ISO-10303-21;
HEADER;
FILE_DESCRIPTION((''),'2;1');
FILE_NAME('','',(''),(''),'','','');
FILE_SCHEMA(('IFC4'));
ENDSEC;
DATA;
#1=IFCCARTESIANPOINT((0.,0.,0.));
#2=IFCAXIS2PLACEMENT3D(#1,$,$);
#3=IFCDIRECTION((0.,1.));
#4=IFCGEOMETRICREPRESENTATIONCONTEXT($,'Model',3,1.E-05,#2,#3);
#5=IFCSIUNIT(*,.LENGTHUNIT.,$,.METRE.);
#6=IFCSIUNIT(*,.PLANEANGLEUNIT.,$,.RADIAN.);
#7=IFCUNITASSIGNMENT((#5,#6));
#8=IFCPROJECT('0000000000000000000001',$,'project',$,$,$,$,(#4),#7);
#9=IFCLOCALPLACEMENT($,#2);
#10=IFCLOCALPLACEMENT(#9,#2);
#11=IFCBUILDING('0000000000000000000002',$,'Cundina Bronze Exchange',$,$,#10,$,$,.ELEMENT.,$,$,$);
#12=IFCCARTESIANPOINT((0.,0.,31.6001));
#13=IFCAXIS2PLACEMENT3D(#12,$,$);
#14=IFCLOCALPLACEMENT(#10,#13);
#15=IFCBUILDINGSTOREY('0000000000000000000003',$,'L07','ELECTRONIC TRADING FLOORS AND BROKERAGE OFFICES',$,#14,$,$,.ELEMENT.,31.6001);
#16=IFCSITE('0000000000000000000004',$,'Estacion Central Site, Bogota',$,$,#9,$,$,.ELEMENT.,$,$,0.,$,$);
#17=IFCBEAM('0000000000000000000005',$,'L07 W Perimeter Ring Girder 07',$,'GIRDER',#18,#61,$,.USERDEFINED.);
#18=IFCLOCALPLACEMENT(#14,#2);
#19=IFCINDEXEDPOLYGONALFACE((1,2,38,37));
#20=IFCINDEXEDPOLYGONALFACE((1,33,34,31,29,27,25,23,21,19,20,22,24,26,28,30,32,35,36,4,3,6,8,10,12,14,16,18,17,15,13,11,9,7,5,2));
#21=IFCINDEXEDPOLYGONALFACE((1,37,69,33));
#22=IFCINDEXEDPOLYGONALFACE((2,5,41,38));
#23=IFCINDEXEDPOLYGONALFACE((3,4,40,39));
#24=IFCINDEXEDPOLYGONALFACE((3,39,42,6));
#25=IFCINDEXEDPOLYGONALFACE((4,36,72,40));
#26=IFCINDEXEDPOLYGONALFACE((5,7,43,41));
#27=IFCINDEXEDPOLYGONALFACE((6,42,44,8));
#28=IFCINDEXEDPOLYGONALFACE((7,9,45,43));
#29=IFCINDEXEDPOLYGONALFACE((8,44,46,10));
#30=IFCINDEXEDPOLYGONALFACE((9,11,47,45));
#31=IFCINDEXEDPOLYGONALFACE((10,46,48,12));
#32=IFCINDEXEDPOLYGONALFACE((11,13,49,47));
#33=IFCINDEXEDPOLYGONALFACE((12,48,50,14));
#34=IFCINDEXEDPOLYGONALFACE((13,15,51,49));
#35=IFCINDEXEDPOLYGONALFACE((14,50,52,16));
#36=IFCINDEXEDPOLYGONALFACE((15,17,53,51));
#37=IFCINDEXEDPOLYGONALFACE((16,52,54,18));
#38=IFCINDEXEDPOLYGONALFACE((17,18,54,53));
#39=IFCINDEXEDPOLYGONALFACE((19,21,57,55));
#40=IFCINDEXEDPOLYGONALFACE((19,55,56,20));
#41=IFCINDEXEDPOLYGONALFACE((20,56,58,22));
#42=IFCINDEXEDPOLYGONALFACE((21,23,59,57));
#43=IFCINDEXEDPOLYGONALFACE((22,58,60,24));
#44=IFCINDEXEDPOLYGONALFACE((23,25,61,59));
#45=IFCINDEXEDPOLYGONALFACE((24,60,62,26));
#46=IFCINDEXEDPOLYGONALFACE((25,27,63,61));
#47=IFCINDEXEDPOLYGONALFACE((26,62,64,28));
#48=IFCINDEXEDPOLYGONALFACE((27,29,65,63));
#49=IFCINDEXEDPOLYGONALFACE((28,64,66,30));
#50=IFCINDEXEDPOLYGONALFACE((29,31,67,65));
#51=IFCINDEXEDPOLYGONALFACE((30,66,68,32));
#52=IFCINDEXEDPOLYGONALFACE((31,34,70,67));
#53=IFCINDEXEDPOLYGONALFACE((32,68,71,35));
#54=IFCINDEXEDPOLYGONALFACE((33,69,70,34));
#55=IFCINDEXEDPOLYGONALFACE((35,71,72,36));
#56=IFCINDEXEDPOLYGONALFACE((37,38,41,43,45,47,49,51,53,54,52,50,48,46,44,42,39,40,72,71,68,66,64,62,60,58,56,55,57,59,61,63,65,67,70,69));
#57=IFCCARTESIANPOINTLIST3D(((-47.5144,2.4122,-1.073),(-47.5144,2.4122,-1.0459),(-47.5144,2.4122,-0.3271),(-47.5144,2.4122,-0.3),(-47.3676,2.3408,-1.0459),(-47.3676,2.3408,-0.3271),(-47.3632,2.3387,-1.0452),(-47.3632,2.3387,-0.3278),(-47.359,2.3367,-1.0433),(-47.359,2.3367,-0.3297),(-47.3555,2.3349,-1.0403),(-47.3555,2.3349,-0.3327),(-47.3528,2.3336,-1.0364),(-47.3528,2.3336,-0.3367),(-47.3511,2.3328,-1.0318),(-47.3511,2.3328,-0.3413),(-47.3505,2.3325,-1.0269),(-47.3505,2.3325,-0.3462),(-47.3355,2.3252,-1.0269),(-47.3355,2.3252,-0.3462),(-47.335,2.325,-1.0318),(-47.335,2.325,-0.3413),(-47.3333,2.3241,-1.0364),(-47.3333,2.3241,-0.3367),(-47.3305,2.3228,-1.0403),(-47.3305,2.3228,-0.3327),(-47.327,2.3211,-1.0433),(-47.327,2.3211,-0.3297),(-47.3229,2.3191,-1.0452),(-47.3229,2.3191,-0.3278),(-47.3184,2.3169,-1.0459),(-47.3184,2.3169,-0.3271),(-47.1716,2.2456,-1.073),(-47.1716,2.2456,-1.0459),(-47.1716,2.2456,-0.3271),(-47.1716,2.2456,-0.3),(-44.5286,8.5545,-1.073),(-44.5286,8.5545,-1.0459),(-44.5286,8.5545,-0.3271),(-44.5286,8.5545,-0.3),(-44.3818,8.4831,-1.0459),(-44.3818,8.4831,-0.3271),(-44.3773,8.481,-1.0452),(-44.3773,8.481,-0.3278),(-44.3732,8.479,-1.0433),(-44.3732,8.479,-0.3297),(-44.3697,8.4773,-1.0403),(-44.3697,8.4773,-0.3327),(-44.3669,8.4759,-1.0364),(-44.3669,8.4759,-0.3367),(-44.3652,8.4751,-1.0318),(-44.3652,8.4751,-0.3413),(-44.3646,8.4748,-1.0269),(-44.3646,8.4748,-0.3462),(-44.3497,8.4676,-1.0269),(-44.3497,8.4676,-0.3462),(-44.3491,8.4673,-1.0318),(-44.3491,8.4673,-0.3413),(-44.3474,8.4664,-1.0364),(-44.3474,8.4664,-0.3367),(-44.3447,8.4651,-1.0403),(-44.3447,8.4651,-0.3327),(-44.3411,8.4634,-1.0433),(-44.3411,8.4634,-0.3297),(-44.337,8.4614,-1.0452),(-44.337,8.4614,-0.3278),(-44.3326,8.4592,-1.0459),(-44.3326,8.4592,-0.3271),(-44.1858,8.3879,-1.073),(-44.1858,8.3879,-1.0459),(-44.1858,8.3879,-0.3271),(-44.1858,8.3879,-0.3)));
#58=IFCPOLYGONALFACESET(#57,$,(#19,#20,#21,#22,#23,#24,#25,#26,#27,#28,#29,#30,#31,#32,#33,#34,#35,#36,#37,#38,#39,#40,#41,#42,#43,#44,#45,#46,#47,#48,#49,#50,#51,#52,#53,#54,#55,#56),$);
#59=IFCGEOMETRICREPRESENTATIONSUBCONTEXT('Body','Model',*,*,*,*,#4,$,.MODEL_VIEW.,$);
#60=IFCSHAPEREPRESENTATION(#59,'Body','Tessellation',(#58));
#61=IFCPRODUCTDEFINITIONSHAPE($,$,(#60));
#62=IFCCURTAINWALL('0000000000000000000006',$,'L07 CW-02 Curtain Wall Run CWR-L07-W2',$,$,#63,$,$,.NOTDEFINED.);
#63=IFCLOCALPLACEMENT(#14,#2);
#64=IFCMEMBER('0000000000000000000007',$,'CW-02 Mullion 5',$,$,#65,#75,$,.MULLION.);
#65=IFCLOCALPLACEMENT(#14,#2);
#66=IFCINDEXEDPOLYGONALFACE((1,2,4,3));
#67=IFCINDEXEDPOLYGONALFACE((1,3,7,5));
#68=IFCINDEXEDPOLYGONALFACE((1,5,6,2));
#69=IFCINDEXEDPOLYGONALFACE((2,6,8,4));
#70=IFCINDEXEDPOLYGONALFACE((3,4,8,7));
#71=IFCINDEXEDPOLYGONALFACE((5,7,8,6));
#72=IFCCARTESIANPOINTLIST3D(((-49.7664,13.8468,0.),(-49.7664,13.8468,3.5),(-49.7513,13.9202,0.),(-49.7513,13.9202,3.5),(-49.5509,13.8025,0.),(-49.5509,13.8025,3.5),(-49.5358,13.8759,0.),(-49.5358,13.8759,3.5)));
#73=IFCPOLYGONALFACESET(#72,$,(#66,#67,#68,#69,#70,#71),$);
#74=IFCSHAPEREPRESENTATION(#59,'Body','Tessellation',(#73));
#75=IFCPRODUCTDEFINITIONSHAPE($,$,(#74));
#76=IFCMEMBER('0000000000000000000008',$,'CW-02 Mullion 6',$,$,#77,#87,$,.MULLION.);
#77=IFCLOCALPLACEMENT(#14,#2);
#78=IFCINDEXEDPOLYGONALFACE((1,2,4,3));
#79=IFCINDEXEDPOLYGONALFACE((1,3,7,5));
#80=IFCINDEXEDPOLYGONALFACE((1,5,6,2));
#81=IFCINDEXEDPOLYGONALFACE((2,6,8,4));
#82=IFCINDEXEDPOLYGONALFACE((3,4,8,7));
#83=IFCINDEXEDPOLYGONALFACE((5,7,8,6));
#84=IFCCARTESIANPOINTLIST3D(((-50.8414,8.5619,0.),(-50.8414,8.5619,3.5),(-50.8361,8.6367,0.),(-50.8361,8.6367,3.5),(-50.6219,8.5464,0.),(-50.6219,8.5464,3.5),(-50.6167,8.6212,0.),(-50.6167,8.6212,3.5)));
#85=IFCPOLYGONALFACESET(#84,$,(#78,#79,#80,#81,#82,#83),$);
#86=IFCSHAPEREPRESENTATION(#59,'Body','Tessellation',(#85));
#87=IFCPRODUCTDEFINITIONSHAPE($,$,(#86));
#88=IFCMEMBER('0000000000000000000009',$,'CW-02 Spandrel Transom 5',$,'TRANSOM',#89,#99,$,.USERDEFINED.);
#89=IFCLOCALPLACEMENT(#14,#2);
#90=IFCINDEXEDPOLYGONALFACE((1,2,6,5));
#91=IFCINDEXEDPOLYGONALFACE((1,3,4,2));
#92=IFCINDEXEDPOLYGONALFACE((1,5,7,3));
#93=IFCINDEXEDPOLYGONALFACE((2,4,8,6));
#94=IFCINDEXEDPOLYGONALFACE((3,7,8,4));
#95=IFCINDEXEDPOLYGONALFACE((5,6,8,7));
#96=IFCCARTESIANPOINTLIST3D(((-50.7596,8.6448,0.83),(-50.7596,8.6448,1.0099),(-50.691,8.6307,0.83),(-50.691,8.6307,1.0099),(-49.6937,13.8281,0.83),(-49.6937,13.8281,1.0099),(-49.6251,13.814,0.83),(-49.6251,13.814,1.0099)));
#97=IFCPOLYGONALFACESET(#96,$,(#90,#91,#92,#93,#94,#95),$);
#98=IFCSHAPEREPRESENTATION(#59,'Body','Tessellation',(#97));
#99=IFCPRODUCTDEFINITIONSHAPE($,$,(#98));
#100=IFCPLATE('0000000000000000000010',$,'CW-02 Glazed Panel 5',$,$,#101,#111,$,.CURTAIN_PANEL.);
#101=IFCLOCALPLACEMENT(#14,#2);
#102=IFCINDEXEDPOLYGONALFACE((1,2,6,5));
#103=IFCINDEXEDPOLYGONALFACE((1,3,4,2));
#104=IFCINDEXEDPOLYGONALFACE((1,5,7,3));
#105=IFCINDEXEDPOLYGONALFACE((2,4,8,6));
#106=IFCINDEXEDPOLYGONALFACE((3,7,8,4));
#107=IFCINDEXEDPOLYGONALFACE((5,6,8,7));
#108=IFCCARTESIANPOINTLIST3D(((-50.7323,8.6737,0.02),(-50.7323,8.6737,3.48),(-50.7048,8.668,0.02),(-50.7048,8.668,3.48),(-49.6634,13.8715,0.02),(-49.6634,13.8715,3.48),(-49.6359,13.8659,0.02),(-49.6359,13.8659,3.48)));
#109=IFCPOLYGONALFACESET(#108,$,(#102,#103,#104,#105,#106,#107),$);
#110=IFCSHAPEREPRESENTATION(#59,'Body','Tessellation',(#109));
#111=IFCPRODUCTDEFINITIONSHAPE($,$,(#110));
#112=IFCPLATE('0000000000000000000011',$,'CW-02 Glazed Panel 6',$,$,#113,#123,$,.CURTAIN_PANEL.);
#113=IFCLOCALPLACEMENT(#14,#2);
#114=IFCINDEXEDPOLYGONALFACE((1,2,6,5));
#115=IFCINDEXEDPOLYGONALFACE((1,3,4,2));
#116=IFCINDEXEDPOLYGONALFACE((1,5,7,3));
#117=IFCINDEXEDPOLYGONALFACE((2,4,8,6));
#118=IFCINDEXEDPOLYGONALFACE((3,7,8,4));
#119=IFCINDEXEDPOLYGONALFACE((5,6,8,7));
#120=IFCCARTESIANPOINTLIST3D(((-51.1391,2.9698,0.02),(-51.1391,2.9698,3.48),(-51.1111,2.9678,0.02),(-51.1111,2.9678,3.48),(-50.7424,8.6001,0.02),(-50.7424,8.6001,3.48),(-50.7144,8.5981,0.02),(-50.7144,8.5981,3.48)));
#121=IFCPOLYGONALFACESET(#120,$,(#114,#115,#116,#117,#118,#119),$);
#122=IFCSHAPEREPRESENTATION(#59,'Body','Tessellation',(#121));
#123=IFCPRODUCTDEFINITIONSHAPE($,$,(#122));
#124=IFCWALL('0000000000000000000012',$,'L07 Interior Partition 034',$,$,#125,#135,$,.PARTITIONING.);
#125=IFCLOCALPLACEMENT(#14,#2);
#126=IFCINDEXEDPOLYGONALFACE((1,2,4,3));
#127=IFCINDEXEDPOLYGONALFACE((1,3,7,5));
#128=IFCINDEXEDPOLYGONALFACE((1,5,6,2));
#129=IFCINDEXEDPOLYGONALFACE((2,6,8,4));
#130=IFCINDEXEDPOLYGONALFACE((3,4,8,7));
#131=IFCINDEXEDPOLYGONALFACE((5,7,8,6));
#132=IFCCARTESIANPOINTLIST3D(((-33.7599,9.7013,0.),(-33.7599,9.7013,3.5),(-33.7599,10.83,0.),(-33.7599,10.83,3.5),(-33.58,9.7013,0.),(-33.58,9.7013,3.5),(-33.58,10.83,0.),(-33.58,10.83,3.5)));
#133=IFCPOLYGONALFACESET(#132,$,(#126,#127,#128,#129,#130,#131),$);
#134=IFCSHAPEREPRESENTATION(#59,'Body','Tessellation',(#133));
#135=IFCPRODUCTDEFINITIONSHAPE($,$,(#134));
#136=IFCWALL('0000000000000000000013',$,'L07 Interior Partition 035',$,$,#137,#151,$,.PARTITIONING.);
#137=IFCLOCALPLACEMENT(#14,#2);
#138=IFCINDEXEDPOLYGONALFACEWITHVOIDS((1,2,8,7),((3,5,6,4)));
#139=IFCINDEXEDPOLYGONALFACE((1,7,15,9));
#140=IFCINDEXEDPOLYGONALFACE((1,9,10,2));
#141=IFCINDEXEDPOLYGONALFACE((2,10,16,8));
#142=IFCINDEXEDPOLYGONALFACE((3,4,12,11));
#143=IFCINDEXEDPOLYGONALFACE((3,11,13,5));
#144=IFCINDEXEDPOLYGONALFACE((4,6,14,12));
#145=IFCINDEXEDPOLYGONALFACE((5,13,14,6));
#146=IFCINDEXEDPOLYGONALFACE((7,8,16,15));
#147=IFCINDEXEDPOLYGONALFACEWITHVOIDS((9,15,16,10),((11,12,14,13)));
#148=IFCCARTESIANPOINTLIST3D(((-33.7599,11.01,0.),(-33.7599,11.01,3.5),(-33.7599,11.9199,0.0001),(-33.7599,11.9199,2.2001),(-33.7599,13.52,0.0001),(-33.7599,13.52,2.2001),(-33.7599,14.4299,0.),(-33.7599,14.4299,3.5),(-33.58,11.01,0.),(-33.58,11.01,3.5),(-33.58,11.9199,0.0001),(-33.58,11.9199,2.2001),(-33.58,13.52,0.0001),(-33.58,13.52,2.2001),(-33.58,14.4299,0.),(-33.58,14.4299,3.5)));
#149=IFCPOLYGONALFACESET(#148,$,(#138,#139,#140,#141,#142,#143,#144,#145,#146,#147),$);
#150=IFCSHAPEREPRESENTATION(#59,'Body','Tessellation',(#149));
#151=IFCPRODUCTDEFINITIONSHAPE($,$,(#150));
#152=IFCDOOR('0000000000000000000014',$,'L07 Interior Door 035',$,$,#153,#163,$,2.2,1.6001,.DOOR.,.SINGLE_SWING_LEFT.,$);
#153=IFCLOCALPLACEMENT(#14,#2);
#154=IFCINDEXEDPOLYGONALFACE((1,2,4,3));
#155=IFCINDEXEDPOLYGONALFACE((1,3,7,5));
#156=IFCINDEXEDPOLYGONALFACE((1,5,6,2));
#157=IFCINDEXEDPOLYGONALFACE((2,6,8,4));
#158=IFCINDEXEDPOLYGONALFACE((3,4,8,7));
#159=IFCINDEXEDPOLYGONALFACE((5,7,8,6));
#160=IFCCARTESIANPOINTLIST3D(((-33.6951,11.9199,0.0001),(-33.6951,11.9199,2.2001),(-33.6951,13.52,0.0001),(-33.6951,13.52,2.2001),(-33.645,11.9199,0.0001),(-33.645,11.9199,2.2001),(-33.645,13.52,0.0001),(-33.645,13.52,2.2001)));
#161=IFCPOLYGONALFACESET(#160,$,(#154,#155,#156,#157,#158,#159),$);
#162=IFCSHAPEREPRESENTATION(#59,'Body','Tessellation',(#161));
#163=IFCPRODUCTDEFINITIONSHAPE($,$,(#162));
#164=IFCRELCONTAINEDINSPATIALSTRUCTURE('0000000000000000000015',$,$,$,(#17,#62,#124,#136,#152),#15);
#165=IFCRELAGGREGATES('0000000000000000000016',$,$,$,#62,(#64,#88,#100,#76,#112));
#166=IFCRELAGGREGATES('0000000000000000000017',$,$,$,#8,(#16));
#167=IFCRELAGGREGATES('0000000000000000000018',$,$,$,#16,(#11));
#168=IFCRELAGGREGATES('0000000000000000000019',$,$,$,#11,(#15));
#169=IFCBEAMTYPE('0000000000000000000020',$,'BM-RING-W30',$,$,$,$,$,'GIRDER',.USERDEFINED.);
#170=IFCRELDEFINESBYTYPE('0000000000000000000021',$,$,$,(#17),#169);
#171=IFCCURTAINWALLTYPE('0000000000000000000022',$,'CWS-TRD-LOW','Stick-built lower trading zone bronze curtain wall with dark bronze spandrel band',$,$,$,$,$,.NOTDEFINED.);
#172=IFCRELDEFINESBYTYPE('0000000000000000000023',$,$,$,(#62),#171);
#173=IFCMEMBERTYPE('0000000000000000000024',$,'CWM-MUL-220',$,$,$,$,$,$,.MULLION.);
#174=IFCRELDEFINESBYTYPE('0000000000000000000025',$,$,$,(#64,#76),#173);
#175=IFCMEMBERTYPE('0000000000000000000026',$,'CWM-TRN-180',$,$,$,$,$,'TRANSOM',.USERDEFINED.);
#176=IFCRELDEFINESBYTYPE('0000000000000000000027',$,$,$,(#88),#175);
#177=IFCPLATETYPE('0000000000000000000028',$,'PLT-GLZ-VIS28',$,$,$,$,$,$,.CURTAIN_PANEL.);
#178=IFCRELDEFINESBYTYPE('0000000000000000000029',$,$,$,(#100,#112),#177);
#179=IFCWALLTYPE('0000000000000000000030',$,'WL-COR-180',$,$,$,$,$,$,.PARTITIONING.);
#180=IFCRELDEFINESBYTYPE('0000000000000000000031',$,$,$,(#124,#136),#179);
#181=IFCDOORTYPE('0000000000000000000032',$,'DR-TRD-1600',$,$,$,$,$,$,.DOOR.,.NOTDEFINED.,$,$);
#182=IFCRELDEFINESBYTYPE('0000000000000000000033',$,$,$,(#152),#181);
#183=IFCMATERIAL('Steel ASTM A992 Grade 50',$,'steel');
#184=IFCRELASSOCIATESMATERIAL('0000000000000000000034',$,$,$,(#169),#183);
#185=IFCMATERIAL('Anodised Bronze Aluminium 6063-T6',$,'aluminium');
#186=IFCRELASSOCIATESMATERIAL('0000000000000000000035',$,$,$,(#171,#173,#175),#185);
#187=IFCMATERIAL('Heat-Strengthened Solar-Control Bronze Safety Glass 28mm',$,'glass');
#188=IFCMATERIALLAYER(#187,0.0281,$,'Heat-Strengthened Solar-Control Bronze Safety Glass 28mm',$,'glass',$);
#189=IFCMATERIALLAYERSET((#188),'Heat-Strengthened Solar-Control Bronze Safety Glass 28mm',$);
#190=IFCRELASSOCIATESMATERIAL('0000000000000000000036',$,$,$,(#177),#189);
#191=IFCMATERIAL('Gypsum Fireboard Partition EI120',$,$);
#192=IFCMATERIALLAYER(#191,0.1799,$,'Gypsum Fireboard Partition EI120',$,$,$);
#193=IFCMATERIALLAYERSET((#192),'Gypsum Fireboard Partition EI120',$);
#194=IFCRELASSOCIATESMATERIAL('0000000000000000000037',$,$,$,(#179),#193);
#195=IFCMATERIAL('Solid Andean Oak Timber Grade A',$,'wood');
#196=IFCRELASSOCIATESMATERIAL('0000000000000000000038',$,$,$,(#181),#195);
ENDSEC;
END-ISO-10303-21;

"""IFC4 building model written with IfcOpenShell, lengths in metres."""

from ifc_helpers import new_model, si_unit, direction, frame, frame_2d, origin, origin_2d, place, context, subcontext, project, spatial, rectangle, i_section, extrude, material, layer, layer_set, material_profile, profile_set, type_object, element, fill, aggregate, save


model = new_model("IFC4")

# Units and contexts
model_context = context("Model", 3, precision=1e-05, world=origin(), true_north=direction((0.0, 1.0)))
body_context = subcontext(model_context, "Body", "Model", "MODEL_VIEW")
ifc_project = project(units=[si_unit("LENGTHUNIT", "METRE"), si_unit("PLANEANGLEUNIT", "RADIAN")], contexts=[model_context])

# Site, building, storey
site_placement = place(None, origin())
site = spatial("IfcSite", under=ifc_project, at=site_placement, Name="Estacion Central Site, Bogota", CompositionType="ELEMENT", RefElevation=0.0)
building_placement = place(site_placement, origin())
building = spatial("IfcBuilding", under=site, at=building_placement, Name="Cundina Bronze Exchange", CompositionType="ELEMENT")
storey_placement = place(building_placement, frame((0.0, 0.0, 31.6001)))
storey = spatial("IfcBuildingStorey", under=building, at=storey_placement, Name="L07", Description="ELECTRONIC TRADING FLOORS AND BROKERAGE OFFICES", CompositionType="ELEMENT", Elevation=31.6001)

# Beam
ifc_material_1 = material(Name="Steel ASTM A992 Grade 50", Category="steel")
ifc_material_profile_1 = material_profile(ifc_material_1, i_section(OverallWidth=0.3811, OverallDepth=0.7729, WebThickness=0.0166, FlangeThickness=0.0271, FilletRadius=0.019, at=origin_2d()), Name="W30X173", Category="steel")
ifc_profile_set_1 = profile_set([ifc_material_profile_1], Name="Steel ASTM A992 Grade 50")
beam_type_1 = type_object("IfcBeamType", Name="BM-RING-W30", ElementType="GIRDER", PredefinedType="USERDEFINED", material=ifc_profile_set_1)
beam_1_placement = place(storey_placement, frame((-44.3572, 8.4712, -0.6865), z_axis=(-0.437191, -0.899369, 0.0), x_axis=(0.899369, -0.437191, 0.0)))
element("IfcBeam", 1, at=beam_1_placement, inside=storey, type_object=beam_type_1, Name="L07 W Perimeter Ring Girder 07", ObjectType="GIRDER", PredefinedType="USERDEFINED", context=body_context, shape_type="SweptSolid", body=[
    extrude(i_section(OverallWidth=0.3811, OverallDepth=0.7729, WebThickness=0.0166, FlangeThickness=0.0271, FilletRadius=0.019, at=origin_2d()), origin(), (0.0, 0.0, 1.0), 6.8296),
])

# Curtain wall, members, plates
ifc_material_2 = material(Name="Anodised Bronze Aluminium 6063-T6", Category="aluminium")
curtain_wall_type = type_object("IfcCurtainWallType", Name="CWS-TRD-LOW", Description="Stick-built lower trading zone bronze curtain wall with dark bronze spandrel band", PredefinedType="NOTDEFINED", material=ifc_material_2)
curtain_wall_placement = place(storey_placement, origin())
curtain_wall = element("IfcCurtainWall", 2, at=curtain_wall_placement, inside=storey, type_object=curtain_wall_type, Name="L07 CW-02 Curtain Wall Run CWR-L07-W2", PredefinedType="NOTDEFINED")
ifc_material_profile_2 = material_profile(ifc_material_2, rectangle(XDim=0.075, YDim=0.22, at=origin_2d()), Name="AL75X220", Category="aluminium")
ifc_profile_set_2 = profile_set([ifc_material_profile_2], Name="Anodised Bronze Aluminium 6063-T6")
member_type_1 = type_object("IfcMemberType", Name="CWM-MUL-220", PredefinedType="MULLION", material=ifc_profile_set_2)
member_1_placement = place(storey_placement, frame((-49.6511, 13.8613, 0.0), z_axis=(0.0, 0.0, 1.0), x_axis=(-0.20142, -0.979505, 0.0)))
member_1 = element("IfcMember", 3, at=member_1_placement, type_object=member_type_1, Name="CW-02 Mullion 5", PredefinedType="MULLION", context=body_context, shape_type="SweptSolid", body=[
    extrude(rectangle(XDim=0.075, YDim=0.22, at=origin_2d()), origin(), (0.0, 0.0, 1.0), 3.5),
])
member_2_placement = place(storey_placement, frame((-50.729, 8.5916, 0.0), z_axis=(0.0, 0.0, 1.0), x_axis=(-0.070279, -0.997527, 0.0)))
member_2 = element("IfcMember", 4, at=member_2_placement, type_object=member_type_1, Name="CW-02 Mullion 6", PredefinedType="MULLION", context=body_context, shape_type="SweptSolid", body=[
    extrude(rectangle(XDim=0.075, YDim=0.22, at=origin_2d()), origin(), (0.0, 0.0, 1.0), 3.5),
])
ifc_material_profile_3 = material_profile(ifc_material_2, rectangle(XDim=0.0701, YDim=0.1799, at=origin_2d()), Name="AL70X180", Category="aluminium")
ifc_profile_set_3 = profile_set([ifc_material_profile_3], Name="Anodised Bronze Aluminium 6063-T6")
member_type_2 = type_object("IfcMemberType", Name="CWM-TRN-180", ElementType="TRANSOM", PredefinedType="USERDEFINED", material=ifc_profile_set_3)
member_3_placement = place(storey_placement, frame((-49.6594, 13.821, 0.9199), z_axis=(-0.201428, -0.979503, 0.0), x_axis=(0.979503, -0.201428, 0.0)))
member_3 = element("IfcMember", 5, at=member_3_placement, type_object=member_type_2, Name="CW-02 Spandrel Transom 5", ObjectType="TRANSOM", PredefinedType="USERDEFINED", context=body_context, shape_type="SweptSolid", body=[
    extrude(rectangle(XDim=0.0701, YDim=0.1799, at=origin_2d()), origin(), (0.0, 0.0, 1.0), 5.2917),
])
ifc_material_3 = material(Name="Heat-Strengthened Solar-Control Bronze Safety Glass 28mm", Category="glass")
ifc_layer_1 = layer(ifc_material_3, 0.0281, Name="Heat-Strengthened Solar-Control Bronze Safety Glass 28mm", Category="glass")
ifc_layer_set_1 = layer_set([ifc_layer_1], Name="Heat-Strengthened Solar-Control Bronze Safety Glass 28mm")
plate_type = type_object("IfcPlateType", Name="PLT-GLZ-VIS28", PredefinedType="CURTAIN_PANEL", material=ifc_layer_set_1)
plate_1_placement = place(storey_placement, frame((-50.1841, 11.2698, 0.02), z_axis=(0.0, 0.0, 1.0), x_axis=(-0.20142, -0.979505, 0.0)))
plate_1 = element("IfcPlate", 6, at=plate_1_placement, type_object=plate_type, Name="CW-02 Glazed Panel 5", PredefinedType="CURTAIN_PANEL", context=body_context, shape_type="SweptSolid", body=[
    extrude(rectangle(XDim=5.3066, YDim=0.0281, at=origin_2d()), origin(), (0.0, 0.0, 1.0), 3.46),
])
plate_2_placement = place(storey_placement, frame((-50.9268, 5.7839, 0.02), z_axis=(0.0, 0.0, 1.0), x_axis=(-0.070279, -0.997527, 0.0)))
plate_2 = element("IfcPlate", 7, at=plate_2_placement, type_object=plate_type, Name="CW-02 Glazed Panel 6", PredefinedType="CURTAIN_PANEL", context=body_context, shape_type="SweptSolid", body=[
    extrude(rectangle(XDim=5.6443, YDim=0.0281, at=origin_2d()), origin(), (0.0, 0.0, 1.0), 3.46),
])
aggregate(curtain_wall, [member_1, member_3, plate_1, member_2, plate_2])

# Shared definitions
ifc_material_4 = material(Name="Gypsum Fireboard Partition EI120")
ifc_layer_2 = layer(ifc_material_4, 0.1799, Name="Gypsum Fireboard Partition EI120")
ifc_layer_set_2 = layer_set([ifc_layer_2], Name="Gypsum Fireboard Partition EI120")
wall_type_1 = type_object("IfcWallType", Name="WL-COR-180", PredefinedType="PARTITIONING", material=ifc_layer_set_2)
ifc_material_5 = material(Name="Solid Andean Oak Timber Grade A", Category="wood")

# Wall
wall_1_placement = place(storey_placement, frame((-33.6699, 10.8301, 0.0), z_axis=(0.0, 0.0, 1.0), x_axis=(0.0, -1.0, 0.0)))
element("IfcWall", 8, at=wall_1_placement, inside=storey, type_object=wall_type_1, Name="L07 Interior Partition 034", PredefinedType="PARTITIONING", context=body_context, shape_type="SweptSolid", body=[
    extrude(rectangle(XDim=1.1287, YDim=0.1799, at=frame_2d((0.5645, 0.0))), origin(), (0.0, 0.0, 1.0), 3.5),
])

# Wall, opening, door
wall_2_placement = place(storey_placement, frame((-33.6699, 14.4299, 0.0), z_axis=(0.0, 0.0, 1.0), x_axis=(0.0, -1.0, 0.0)))
wall_2 = element("IfcWall", 9, at=wall_2_placement, inside=storey, type_object=wall_type_1, Name="L07 Interior Partition 035", PredefinedType="PARTITIONING", context=body_context, shape_type="SweptSolid", body=[
    extrude(rectangle(XDim=3.4199, YDim=0.1799, at=frame_2d((1.71, 0.0))), origin(), (0.0, 0.0, 1.0), 3.5),
])
opening_1_placement = place(wall_2_placement, frame((0.9099, 0.0, 0.0)))
opening_1 = element("IfcOpeningElement", 10, at=opening_1_placement, cuts=wall_2, PredefinedType="OPENING", context=body_context, shape_type="SweptSolid", body=[
    extrude(rectangle(XDim=1.6001, YDim=2.2, at=frame_2d((0.8, 1.1001))), frame((0.0, 0.0999, 0.0), z_axis=(0.0, -1.0, 0.0), x_axis=(1.0, 0.0, 0.0)), (0.0, 0.0, 1.0), 0.2),
])
door_type_1 = type_object("IfcDoorType", Name="DR-TRD-1600", OperationType="NOTDEFINED", PredefinedType="DOOR", material=ifc_material_5)
door_1_placement = place(opening_1_placement, origin())
door_1 = element("IfcDoor", 11, at=door_1_placement, inside=storey, type_object=door_type_1, Name="L07 Interior Door 035", OperationType="SINGLE_SWING_LEFT", OverallHeight=2.2, OverallWidth=1.6001, PredefinedType="DOOR", context=body_context, shape_type="SweptSolid", body=[
    extrude(rectangle(XDim=1.6001, YDim=2.2, at=frame_2d((0.8, 1.1001))), frame((0.0, 0.0249, 0.0), z_axis=(0.0, -1.0, 0.0), x_axis=(1.0, 0.0, 0.0)), (0.0, 0.0, 1.0), 0.05),
])
fill(opening_1, door_1)

save(model, "model.ifc")
